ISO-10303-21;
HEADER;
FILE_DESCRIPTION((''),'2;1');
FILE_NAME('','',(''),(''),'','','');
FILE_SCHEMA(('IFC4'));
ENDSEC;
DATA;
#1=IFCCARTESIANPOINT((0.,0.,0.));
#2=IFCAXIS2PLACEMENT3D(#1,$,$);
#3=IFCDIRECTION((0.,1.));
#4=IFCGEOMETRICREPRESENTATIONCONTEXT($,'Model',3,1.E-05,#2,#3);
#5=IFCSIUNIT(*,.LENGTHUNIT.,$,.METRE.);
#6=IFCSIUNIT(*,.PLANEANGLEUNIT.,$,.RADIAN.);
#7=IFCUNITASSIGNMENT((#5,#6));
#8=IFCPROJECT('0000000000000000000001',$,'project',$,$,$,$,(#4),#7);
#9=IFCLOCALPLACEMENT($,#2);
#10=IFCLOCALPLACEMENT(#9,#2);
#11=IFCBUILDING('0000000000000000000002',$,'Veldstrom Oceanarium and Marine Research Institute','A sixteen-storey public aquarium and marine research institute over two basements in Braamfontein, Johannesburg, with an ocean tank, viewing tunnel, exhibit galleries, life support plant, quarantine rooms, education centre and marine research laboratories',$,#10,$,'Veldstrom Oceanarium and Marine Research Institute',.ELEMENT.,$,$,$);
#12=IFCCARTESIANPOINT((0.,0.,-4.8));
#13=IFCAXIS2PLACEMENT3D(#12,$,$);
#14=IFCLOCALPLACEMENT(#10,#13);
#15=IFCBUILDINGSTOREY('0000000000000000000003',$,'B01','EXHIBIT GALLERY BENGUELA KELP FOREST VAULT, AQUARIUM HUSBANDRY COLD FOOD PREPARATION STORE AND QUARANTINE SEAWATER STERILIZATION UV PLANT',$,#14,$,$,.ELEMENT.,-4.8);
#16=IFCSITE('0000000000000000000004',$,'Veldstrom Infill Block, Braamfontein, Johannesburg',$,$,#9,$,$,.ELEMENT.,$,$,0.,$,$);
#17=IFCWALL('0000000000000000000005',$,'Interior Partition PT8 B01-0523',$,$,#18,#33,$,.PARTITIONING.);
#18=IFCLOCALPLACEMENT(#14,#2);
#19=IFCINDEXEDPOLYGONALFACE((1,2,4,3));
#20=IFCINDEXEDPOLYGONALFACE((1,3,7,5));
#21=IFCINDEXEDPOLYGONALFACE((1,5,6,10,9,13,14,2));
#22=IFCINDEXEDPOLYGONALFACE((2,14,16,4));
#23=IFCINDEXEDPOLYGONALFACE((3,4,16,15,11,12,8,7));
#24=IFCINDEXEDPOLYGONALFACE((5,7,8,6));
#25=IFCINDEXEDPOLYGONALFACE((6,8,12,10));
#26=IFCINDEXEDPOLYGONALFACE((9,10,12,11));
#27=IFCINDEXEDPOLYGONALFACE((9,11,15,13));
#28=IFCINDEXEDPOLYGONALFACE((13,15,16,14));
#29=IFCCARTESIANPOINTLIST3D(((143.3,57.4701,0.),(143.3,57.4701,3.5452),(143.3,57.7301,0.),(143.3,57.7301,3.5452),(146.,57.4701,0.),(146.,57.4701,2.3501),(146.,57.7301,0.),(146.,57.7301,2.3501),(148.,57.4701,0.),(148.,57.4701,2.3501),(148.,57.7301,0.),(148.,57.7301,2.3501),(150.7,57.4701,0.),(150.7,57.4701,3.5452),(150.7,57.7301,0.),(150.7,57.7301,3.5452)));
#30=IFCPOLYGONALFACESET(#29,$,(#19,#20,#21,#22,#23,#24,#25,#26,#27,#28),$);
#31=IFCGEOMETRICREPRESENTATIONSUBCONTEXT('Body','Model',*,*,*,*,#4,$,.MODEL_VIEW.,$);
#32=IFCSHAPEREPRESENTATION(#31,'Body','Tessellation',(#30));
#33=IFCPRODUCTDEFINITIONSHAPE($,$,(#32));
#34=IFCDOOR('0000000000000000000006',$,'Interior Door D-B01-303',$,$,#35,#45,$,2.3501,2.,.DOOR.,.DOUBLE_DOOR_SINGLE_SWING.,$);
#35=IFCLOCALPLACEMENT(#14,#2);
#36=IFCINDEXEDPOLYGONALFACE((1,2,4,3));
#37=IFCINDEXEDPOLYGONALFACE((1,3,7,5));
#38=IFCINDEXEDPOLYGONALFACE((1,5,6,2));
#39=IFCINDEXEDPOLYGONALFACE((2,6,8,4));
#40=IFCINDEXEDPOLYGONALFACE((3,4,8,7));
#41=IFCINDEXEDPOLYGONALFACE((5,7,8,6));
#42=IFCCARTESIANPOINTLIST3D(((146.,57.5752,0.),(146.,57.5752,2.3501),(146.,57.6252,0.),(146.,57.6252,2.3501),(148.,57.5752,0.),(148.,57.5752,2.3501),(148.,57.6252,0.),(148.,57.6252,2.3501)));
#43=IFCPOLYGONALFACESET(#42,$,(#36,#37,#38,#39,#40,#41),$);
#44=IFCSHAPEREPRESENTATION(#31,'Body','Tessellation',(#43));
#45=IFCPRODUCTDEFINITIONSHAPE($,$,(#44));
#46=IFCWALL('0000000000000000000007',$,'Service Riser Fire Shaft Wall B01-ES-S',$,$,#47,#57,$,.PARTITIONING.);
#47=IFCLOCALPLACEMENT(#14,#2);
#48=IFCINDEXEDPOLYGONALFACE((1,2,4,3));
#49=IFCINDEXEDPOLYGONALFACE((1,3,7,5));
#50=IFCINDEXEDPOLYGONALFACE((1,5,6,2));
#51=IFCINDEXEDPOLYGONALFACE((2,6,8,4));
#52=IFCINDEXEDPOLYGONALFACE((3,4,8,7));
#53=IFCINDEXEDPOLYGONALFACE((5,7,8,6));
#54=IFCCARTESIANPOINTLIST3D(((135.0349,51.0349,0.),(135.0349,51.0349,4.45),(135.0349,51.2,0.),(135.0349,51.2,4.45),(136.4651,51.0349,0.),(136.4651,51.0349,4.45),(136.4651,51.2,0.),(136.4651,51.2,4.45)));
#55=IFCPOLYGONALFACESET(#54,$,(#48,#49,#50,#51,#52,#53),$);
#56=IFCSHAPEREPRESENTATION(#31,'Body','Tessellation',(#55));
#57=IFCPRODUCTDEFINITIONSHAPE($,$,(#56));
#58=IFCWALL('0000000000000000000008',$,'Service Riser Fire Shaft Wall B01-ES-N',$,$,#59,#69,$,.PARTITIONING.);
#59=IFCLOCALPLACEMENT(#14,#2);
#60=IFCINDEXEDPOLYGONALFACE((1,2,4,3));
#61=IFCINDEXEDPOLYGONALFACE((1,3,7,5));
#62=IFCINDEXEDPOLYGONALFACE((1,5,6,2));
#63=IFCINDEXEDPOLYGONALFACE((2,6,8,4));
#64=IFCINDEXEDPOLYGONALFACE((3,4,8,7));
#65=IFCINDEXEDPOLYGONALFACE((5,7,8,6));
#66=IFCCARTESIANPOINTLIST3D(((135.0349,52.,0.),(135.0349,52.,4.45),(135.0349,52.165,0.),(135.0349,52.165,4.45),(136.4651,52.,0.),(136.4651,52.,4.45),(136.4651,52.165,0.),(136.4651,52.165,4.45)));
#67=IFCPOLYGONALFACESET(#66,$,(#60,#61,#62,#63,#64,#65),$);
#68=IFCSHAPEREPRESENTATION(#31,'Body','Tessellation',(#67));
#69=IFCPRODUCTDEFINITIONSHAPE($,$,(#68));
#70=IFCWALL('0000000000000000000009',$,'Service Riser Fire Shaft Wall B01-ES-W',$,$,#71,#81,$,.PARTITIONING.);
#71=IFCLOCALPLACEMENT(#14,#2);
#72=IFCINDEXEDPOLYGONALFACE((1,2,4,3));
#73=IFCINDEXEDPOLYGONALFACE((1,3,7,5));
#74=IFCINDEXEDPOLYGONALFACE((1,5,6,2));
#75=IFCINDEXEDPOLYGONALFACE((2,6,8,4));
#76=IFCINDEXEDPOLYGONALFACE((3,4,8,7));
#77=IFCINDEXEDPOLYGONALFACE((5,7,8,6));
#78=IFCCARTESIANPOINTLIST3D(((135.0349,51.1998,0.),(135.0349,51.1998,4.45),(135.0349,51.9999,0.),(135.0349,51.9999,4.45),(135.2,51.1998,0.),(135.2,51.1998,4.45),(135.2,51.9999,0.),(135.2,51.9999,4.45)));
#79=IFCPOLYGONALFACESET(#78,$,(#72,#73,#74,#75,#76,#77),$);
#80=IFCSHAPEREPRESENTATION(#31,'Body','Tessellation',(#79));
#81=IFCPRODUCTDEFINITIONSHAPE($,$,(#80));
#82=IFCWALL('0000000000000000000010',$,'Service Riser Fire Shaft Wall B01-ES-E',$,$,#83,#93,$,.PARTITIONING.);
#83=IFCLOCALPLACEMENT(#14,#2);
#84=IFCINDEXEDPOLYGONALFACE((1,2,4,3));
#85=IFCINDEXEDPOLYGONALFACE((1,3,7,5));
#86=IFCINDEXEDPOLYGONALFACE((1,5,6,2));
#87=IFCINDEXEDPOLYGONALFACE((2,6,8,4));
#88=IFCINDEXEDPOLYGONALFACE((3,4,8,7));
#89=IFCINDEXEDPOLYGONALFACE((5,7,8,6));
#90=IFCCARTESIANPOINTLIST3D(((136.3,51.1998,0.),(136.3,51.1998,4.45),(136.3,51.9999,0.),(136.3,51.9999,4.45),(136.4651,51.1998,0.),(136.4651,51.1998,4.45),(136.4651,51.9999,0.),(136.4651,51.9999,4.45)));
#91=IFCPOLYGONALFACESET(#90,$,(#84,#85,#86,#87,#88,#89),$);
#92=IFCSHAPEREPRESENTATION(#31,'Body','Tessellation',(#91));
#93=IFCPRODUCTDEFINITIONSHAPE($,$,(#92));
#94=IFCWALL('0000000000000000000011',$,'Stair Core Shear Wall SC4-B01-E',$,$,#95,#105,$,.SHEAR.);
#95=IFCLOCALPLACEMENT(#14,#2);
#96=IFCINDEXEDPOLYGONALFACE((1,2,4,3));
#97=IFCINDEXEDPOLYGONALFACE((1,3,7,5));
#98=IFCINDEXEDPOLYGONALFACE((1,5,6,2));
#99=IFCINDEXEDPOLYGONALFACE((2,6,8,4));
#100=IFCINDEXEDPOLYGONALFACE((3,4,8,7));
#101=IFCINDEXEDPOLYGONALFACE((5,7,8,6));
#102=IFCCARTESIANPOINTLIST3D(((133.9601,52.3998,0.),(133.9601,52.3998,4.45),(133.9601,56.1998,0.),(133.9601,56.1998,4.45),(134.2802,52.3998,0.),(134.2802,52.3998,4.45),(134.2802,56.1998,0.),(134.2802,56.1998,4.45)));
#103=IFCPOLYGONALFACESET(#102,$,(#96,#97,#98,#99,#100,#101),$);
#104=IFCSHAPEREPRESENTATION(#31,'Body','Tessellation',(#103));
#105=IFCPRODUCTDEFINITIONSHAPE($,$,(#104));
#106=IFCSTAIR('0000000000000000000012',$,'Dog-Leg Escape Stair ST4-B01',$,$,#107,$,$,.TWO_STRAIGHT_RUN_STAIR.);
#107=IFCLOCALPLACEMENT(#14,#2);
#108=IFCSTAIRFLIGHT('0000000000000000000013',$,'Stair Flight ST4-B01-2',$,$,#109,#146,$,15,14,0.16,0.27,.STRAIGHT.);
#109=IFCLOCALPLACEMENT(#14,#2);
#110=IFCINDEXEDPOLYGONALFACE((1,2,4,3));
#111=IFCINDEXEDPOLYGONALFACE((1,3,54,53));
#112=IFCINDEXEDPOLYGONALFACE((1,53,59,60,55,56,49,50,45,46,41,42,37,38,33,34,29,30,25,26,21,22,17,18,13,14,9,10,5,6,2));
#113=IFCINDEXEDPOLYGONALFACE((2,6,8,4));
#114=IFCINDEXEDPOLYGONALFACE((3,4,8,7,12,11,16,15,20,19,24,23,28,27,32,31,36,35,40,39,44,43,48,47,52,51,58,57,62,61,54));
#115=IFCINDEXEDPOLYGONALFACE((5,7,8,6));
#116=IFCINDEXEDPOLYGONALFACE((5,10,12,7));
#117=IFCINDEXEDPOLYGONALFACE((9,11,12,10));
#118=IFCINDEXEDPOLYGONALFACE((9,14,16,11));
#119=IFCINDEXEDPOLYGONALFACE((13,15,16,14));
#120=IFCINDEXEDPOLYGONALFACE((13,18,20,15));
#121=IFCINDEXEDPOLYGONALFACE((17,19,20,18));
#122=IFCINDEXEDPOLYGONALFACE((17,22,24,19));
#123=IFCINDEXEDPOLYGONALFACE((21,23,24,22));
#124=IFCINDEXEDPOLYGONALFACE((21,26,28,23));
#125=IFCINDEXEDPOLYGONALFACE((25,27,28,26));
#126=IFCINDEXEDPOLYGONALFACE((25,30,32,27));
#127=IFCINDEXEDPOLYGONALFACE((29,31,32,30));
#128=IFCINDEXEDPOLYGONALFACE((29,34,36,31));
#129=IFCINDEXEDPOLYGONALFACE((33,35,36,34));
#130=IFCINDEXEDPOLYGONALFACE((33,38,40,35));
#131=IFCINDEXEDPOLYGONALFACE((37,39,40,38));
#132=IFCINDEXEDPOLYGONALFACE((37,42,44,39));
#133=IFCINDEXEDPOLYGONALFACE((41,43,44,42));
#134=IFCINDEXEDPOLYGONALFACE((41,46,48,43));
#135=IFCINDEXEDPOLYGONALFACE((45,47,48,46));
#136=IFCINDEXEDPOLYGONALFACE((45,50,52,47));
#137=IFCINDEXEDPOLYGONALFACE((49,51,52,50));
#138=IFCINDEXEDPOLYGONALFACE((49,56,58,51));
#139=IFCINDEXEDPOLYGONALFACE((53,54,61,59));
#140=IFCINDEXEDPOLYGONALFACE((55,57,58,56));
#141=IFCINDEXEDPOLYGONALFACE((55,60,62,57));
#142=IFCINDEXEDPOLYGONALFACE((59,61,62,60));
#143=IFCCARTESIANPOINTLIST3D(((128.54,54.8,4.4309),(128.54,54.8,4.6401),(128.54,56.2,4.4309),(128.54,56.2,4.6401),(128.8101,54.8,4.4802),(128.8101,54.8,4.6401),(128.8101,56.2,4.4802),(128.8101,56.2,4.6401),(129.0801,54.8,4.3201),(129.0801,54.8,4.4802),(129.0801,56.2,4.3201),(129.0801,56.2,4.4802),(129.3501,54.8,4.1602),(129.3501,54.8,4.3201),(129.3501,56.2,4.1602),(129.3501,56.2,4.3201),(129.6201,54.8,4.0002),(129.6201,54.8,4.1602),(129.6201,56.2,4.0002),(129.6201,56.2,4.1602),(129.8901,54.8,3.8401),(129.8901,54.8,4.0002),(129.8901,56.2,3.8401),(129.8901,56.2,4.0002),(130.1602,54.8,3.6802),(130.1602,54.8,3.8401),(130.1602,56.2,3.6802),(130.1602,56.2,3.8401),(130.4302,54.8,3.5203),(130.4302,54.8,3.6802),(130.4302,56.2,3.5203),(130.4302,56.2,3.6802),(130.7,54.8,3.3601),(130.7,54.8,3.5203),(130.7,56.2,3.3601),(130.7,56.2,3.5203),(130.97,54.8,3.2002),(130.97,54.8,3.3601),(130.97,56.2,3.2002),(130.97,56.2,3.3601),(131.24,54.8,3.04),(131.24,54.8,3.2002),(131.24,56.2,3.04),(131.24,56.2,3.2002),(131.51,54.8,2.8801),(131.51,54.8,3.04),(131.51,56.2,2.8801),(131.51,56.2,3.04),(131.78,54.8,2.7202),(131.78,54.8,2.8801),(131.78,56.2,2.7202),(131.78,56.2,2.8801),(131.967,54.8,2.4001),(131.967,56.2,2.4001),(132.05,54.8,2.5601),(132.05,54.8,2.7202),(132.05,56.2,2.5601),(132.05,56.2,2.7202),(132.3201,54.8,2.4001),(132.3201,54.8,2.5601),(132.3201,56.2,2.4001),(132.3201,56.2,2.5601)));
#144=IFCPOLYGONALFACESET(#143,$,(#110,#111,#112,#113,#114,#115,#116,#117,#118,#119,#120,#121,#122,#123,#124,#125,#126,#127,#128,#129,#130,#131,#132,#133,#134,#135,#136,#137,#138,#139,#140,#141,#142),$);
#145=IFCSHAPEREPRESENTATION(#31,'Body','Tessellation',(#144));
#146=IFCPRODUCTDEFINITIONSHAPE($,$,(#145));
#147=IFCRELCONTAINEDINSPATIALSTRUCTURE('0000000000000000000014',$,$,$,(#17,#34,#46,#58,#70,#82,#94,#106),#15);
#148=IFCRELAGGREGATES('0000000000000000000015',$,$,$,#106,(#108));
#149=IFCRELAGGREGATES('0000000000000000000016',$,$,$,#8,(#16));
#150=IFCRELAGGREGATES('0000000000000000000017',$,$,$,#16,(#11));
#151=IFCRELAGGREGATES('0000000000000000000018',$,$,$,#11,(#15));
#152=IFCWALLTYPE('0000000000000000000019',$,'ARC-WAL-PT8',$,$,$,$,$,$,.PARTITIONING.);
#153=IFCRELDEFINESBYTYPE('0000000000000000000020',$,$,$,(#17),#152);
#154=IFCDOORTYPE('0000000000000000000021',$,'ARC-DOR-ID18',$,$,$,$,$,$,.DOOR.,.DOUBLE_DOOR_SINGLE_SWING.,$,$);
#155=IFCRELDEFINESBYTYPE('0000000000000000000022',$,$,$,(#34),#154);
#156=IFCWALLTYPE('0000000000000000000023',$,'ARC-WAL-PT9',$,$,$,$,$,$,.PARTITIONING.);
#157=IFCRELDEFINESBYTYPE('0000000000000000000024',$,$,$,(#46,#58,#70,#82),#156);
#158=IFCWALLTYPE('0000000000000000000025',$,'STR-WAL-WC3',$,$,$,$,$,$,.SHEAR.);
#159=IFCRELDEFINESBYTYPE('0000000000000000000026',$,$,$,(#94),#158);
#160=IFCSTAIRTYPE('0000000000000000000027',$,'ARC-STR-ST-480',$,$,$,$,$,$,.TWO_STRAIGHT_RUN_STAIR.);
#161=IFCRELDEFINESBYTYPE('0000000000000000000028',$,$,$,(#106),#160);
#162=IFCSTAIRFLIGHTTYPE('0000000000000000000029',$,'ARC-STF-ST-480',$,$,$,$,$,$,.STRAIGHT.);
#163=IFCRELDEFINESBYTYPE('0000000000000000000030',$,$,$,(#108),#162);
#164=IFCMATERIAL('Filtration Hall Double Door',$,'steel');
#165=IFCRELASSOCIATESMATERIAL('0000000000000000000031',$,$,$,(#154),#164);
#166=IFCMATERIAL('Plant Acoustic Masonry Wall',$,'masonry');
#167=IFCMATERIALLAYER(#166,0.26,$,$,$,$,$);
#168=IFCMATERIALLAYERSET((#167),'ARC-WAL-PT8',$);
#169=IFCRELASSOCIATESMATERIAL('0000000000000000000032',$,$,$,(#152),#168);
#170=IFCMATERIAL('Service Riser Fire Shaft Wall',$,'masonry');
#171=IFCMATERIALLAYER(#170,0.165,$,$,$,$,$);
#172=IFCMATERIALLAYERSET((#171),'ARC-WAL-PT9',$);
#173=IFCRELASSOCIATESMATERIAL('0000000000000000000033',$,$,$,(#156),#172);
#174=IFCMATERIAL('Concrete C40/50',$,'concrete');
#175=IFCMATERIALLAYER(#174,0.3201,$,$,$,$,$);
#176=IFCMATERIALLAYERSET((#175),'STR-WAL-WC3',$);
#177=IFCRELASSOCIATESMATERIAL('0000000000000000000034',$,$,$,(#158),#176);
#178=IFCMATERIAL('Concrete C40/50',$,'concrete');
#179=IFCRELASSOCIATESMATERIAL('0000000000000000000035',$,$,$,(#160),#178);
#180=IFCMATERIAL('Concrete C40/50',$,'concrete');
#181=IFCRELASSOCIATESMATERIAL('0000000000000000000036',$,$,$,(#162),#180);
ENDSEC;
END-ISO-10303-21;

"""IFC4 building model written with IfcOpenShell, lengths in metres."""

from ifc_helpers import new_model, si_unit, direction, frame, frame_2d, origin, place, context, subcontext, project, spatial, polyline, rectangle, outline, extrude, material, layer, layer_set, type_object, element, fill, aggregate, save


model = new_model("IFC4")

# Units and contexts
model_context = context("Model", 3, precision=1e-05, world=origin(), true_north=direction((0.0, 1.0)))
body_context = subcontext(model_context, "Body", "Model", "MODEL_VIEW")
ifc_project = project(units=[si_unit("LENGTHUNIT", "METRE"), si_unit("PLANEANGLEUNIT", "RADIAN")], contexts=[model_context])

# Site, building, storey
site_placement = place(None, origin())
site = spatial("IfcSite", under=ifc_project, at=site_placement, Name="Veldstrom Infill Block, Braamfontein, Johannesburg", CompositionType="ELEMENT", RefElevation=0.0)
building_placement = place(site_placement, origin())
building = spatial("IfcBuilding", under=site, at=building_placement, Name="Veldstrom Oceanarium and Marine Research Institute", Description="A sixteen-storey public aquarium and marine research institute over two basements in Braamfontein, Johannesburg, with an ocean tank, viewing tunnel, exhibit galleries, life support plant, quarantine rooms, education centre and marine research laboratories", LongName="Veldstrom Oceanarium and Marine Research Institute", CompositionType="ELEMENT")
storey_placement = place(building_placement, frame((0.0, 0.0, -4.8)))
storey = spatial("IfcBuildingStorey", under=building, at=storey_placement, Name="B01", Description="EXHIBIT GALLERY BENGUELA KELP FOREST VAULT, AQUARIUM HUSBANDRY COLD FOOD PREPARATION STORE AND QUARANTINE SEAWATER STERILIZATION UV PLANT", CompositionType="ELEMENT", Elevation=-4.8)

# Shared definitions
ifc_material_1 = material(Name="Filtration Hall Double Door", Category="steel")
door_type = type_object("IfcDoorType", Name="ARC-DOR-ID18", OperationType="DOUBLE_DOOR_SINGLE_SWING", PredefinedType="DOOR", material=ifc_material_1)

# Shared definitions
ifc_material_2 = material(Name="Plant Acoustic Masonry Wall", Category="masonry")
ifc_layer_1 = layer(ifc_material_2, 0.26)
ifc_layer_set_1 = layer_set([ifc_layer_1], Name="ARC-WAL-PT8")
wall_type_1 = type_object("IfcWallType", Name="ARC-WAL-PT8", PredefinedType="PARTITIONING", material=ifc_layer_set_1)

# Wall, opening, door
wall_1_placement = place(storey_placement, frame((143.3, 57.6001, 0.0), z_axis=(0.0, 0.0, 1.0), x_axis=(1.0, 0.0, 0.0)))
wall_1 = element("IfcWall", 1, at=wall_1_placement, inside=storey, type_object=wall_type_1, Name="Interior Partition PT8 B01-0523", PredefinedType="PARTITIONING", context=body_context, shape_type="SweptSolid", body=[
    extrude(rectangle(XDim=7.3999, YDim=0.26, at=frame_2d((3.7, 0.0))), origin(), (0.0, 0.0, 1.0), 3.5452),
])
opening_1_placement = place(wall_1_placement, frame((2.7, 0.0, 0.0)))
opening_1 = element("IfcOpeningElement", 2, at=opening_1_placement, cuts=wall_1, PredefinedType="OPENING", context=body_context, shape_type="SweptSolid", body=[
    extrude(rectangle(XDim=2.0, YDim=2.3501, at=frame_2d((1.0, 1.175))), frame((0.0, 0.1399, 0.0), z_axis=(0.0, -1.0, 0.0), x_axis=(1.0, 0.0, 0.0)), (0.0, 0.0, 1.0), 0.28),
])
door_1_placement = place(opening_1_placement, frame((2.0, 0.0, 0.0), z_axis=(0.0, 0.0, 1.0), x_axis=(-1.0, 0.0, 0.0)))
door_1 = element("IfcDoor", 3, at=door_1_placement, inside=storey, type_object=door_type, Name="Interior Door D-B01-303", OperationType="DOUBLE_DOOR_SINGLE_SWING", OverallHeight=2.3501, OverallWidth=2.0, PredefinedType="DOOR", context=body_context, shape_type="SweptSolid", body=[
    extrude(rectangle(XDim=2.0, YDim=2.3501, at=frame_2d((1.0, 1.175))), frame((0.0, 0.0249, 0.0), z_axis=(0.0, -1.0, 0.0), x_axis=(1.0, 0.0, 0.0)), (0.0, 0.0, 1.0), 0.05),
])
fill(opening_1, door_1)

# Walls
ifc_material_3 = material(Name="Service Riser Fire Shaft Wall", Category="masonry")
ifc_layer_2 = layer(ifc_material_3, 0.165)
ifc_layer_set_2 = layer_set([ifc_layer_2], Name="ARC-WAL-PT9")
wall_type_2 = type_object("IfcWallType", Name="ARC-WAL-PT9", PredefinedType="PARTITIONING", material=ifc_layer_set_2)
for number, where, z_axis, x_axis, name in (
    (4, (135.0349, 51.1174, 0.0), (0.0, 0.0, 1.0), (1.0, 0.0, 0.0), "Service Riser Fire Shaft Wall B01-ES-S"),
    (5, (135.0349, 52.0825, 0.0), (0.0, 0.0, 1.0), (1.0, 0.0, 0.0), "Service Riser Fire Shaft Wall B01-ES-N"),
):
    element("IfcWall", number, at=place(storey_placement, frame(where, z_axis=z_axis, x_axis=x_axis)), inside=storey, type_object=wall_type_2, Name=name, PredefinedType="PARTITIONING", context=body_context, shape_type="SweptSolid", body=[
        extrude(rectangle(XDim=1.4302, YDim=0.165, at=frame_2d((0.7151, 0.0))), origin(), (0.0, 0.0, 1.0), 4.45),
    ])
for number, where, z_axis, x_axis, name in (
    (6, (135.1174, 51.2, 0.0), (0.0, 0.0, 1.0), (0.0, 1.0, 0.0), "Service Riser Fire Shaft Wall B01-ES-W"),
    (7, (136.3826, 51.2, 0.0), (0.0, 0.0, 1.0), (0.0, 1.0, 0.0), "Service Riser Fire Shaft Wall B01-ES-E"),
):
    element("IfcWall", number, at=place(storey_placement, frame(where, z_axis=z_axis, x_axis=x_axis)), inside=storey, type_object=wall_type_2, Name=name, PredefinedType="PARTITIONING", context=body_context, shape_type="SweptSolid", body=[
        extrude(rectangle(XDim=0.8, YDim=0.165, at=frame_2d((0.3999, 0.0))), origin(), (0.0, 0.0, 1.0), 4.45),
    ])
ifc_material_4 = material(Name="Concrete C40/50", Category="concrete")
ifc_layer_3 = layer(ifc_material_4, 0.3201)
ifc_layer_set_3 = layer_set([ifc_layer_3], Name="STR-WAL-WC3")
wall_type_3 = type_object("IfcWallType", Name="STR-WAL-WC3", PredefinedType="SHEAR", material=ifc_layer_set_3)
wall_2_placement = place(storey_placement, frame((134.1201, 52.3999, 0.0), z_axis=(0.0, 0.0, 1.0), x_axis=(0.0, 1.0, 0.0)))
element("IfcWall", 8, at=wall_2_placement, inside=storey, type_object=wall_type_3, Name="Stair Core Shear Wall SC4-B01-E", PredefinedType="SHEAR", context=body_context, shape_type="SweptSolid", body=[
    extrude(rectangle(XDim=3.8, YDim=0.3201, at=frame_2d((1.8999, 0.0))), origin(), (0.0, 0.0, 1.0), 4.45),
])

# Stair, stair flight
ifc_material_5 = material(Name="Concrete C40/50", Category="concrete")
stair_type = type_object("IfcStairType", Name="ARC-STR-ST-480", PredefinedType="TWO_STRAIGHT_RUN_STAIR", material=ifc_material_5)
stair_placement = place(storey_placement, origin())
stair = element("IfcStair", 9, at=stair_placement, inside=storey, type_object=stair_type, Name="Dog-Leg Escape Stair ST4-B01", PredefinedType="TWO_STRAIGHT_RUN_STAIR")
ifc_material_6 = material(Name="Concrete C40/50", Category="concrete")
stair_flight_type = type_object("IfcStairFlightType", Name="ARC-STF-ST-480", PredefinedType="STRAIGHT", material=ifc_material_6)
stair_flight_placement = place(storey_placement, frame((132.3201, 55.5, 2.4001), z_axis=(0.0, 0.0, 1.0), x_axis=(-1.0, 0.0, 0.0)))
stair_flight = element("IfcStairFlight", 10, at=stair_flight_placement, type_object=stair_flight_type, Name="Stair Flight ST4-B01-2", NumberOfRisers=15, NumberOfTreads=14, PredefinedType="STRAIGHT", RiserHeight=0.16, TreadLength=0.27, context=body_context, shape_type="SweptSolid", body=[
    extrude(outline(polyline([(0.0, 0.0), (0.0, 0.1599), (0.27, 0.1599), (0.27, 0.3201), (0.54, 0.3201), (0.54, 0.48), (0.8101, 0.48), (0.8101, 0.6399), (1.0801, 0.6399), (1.0801, 0.8), (1.3501, 0.8), (1.3501, 0.96), (1.6201, 0.96), (1.6201, 1.1201), (1.8899, 1.1201), (1.8899, 1.28), (2.1599, 1.28), (2.1599, 1.4399), (2.4299, 1.4399), (2.4299, 1.6001), (2.7, 1.6001), (2.7, 1.76), (2.97, 1.76), (2.97, 1.9199), (3.24, 1.9199), (3.24, 2.0801), (3.51, 2.0801), (3.51, 2.24), (3.78, 2.24), (3.78, 2.3999), (3.78, 2.0308), (0.353, 0.0), (0.0, 0.0)])), frame((0.0, 0.7, 0.0), z_axis=(0.0, -1.0, 0.0), x_axis=(1.0, 0.0, 0.0)), (0.0, 0.0, 1.0), 1.3999),
])
aggregate(stair, [stair_flight])

save(model, "model.ifc")
